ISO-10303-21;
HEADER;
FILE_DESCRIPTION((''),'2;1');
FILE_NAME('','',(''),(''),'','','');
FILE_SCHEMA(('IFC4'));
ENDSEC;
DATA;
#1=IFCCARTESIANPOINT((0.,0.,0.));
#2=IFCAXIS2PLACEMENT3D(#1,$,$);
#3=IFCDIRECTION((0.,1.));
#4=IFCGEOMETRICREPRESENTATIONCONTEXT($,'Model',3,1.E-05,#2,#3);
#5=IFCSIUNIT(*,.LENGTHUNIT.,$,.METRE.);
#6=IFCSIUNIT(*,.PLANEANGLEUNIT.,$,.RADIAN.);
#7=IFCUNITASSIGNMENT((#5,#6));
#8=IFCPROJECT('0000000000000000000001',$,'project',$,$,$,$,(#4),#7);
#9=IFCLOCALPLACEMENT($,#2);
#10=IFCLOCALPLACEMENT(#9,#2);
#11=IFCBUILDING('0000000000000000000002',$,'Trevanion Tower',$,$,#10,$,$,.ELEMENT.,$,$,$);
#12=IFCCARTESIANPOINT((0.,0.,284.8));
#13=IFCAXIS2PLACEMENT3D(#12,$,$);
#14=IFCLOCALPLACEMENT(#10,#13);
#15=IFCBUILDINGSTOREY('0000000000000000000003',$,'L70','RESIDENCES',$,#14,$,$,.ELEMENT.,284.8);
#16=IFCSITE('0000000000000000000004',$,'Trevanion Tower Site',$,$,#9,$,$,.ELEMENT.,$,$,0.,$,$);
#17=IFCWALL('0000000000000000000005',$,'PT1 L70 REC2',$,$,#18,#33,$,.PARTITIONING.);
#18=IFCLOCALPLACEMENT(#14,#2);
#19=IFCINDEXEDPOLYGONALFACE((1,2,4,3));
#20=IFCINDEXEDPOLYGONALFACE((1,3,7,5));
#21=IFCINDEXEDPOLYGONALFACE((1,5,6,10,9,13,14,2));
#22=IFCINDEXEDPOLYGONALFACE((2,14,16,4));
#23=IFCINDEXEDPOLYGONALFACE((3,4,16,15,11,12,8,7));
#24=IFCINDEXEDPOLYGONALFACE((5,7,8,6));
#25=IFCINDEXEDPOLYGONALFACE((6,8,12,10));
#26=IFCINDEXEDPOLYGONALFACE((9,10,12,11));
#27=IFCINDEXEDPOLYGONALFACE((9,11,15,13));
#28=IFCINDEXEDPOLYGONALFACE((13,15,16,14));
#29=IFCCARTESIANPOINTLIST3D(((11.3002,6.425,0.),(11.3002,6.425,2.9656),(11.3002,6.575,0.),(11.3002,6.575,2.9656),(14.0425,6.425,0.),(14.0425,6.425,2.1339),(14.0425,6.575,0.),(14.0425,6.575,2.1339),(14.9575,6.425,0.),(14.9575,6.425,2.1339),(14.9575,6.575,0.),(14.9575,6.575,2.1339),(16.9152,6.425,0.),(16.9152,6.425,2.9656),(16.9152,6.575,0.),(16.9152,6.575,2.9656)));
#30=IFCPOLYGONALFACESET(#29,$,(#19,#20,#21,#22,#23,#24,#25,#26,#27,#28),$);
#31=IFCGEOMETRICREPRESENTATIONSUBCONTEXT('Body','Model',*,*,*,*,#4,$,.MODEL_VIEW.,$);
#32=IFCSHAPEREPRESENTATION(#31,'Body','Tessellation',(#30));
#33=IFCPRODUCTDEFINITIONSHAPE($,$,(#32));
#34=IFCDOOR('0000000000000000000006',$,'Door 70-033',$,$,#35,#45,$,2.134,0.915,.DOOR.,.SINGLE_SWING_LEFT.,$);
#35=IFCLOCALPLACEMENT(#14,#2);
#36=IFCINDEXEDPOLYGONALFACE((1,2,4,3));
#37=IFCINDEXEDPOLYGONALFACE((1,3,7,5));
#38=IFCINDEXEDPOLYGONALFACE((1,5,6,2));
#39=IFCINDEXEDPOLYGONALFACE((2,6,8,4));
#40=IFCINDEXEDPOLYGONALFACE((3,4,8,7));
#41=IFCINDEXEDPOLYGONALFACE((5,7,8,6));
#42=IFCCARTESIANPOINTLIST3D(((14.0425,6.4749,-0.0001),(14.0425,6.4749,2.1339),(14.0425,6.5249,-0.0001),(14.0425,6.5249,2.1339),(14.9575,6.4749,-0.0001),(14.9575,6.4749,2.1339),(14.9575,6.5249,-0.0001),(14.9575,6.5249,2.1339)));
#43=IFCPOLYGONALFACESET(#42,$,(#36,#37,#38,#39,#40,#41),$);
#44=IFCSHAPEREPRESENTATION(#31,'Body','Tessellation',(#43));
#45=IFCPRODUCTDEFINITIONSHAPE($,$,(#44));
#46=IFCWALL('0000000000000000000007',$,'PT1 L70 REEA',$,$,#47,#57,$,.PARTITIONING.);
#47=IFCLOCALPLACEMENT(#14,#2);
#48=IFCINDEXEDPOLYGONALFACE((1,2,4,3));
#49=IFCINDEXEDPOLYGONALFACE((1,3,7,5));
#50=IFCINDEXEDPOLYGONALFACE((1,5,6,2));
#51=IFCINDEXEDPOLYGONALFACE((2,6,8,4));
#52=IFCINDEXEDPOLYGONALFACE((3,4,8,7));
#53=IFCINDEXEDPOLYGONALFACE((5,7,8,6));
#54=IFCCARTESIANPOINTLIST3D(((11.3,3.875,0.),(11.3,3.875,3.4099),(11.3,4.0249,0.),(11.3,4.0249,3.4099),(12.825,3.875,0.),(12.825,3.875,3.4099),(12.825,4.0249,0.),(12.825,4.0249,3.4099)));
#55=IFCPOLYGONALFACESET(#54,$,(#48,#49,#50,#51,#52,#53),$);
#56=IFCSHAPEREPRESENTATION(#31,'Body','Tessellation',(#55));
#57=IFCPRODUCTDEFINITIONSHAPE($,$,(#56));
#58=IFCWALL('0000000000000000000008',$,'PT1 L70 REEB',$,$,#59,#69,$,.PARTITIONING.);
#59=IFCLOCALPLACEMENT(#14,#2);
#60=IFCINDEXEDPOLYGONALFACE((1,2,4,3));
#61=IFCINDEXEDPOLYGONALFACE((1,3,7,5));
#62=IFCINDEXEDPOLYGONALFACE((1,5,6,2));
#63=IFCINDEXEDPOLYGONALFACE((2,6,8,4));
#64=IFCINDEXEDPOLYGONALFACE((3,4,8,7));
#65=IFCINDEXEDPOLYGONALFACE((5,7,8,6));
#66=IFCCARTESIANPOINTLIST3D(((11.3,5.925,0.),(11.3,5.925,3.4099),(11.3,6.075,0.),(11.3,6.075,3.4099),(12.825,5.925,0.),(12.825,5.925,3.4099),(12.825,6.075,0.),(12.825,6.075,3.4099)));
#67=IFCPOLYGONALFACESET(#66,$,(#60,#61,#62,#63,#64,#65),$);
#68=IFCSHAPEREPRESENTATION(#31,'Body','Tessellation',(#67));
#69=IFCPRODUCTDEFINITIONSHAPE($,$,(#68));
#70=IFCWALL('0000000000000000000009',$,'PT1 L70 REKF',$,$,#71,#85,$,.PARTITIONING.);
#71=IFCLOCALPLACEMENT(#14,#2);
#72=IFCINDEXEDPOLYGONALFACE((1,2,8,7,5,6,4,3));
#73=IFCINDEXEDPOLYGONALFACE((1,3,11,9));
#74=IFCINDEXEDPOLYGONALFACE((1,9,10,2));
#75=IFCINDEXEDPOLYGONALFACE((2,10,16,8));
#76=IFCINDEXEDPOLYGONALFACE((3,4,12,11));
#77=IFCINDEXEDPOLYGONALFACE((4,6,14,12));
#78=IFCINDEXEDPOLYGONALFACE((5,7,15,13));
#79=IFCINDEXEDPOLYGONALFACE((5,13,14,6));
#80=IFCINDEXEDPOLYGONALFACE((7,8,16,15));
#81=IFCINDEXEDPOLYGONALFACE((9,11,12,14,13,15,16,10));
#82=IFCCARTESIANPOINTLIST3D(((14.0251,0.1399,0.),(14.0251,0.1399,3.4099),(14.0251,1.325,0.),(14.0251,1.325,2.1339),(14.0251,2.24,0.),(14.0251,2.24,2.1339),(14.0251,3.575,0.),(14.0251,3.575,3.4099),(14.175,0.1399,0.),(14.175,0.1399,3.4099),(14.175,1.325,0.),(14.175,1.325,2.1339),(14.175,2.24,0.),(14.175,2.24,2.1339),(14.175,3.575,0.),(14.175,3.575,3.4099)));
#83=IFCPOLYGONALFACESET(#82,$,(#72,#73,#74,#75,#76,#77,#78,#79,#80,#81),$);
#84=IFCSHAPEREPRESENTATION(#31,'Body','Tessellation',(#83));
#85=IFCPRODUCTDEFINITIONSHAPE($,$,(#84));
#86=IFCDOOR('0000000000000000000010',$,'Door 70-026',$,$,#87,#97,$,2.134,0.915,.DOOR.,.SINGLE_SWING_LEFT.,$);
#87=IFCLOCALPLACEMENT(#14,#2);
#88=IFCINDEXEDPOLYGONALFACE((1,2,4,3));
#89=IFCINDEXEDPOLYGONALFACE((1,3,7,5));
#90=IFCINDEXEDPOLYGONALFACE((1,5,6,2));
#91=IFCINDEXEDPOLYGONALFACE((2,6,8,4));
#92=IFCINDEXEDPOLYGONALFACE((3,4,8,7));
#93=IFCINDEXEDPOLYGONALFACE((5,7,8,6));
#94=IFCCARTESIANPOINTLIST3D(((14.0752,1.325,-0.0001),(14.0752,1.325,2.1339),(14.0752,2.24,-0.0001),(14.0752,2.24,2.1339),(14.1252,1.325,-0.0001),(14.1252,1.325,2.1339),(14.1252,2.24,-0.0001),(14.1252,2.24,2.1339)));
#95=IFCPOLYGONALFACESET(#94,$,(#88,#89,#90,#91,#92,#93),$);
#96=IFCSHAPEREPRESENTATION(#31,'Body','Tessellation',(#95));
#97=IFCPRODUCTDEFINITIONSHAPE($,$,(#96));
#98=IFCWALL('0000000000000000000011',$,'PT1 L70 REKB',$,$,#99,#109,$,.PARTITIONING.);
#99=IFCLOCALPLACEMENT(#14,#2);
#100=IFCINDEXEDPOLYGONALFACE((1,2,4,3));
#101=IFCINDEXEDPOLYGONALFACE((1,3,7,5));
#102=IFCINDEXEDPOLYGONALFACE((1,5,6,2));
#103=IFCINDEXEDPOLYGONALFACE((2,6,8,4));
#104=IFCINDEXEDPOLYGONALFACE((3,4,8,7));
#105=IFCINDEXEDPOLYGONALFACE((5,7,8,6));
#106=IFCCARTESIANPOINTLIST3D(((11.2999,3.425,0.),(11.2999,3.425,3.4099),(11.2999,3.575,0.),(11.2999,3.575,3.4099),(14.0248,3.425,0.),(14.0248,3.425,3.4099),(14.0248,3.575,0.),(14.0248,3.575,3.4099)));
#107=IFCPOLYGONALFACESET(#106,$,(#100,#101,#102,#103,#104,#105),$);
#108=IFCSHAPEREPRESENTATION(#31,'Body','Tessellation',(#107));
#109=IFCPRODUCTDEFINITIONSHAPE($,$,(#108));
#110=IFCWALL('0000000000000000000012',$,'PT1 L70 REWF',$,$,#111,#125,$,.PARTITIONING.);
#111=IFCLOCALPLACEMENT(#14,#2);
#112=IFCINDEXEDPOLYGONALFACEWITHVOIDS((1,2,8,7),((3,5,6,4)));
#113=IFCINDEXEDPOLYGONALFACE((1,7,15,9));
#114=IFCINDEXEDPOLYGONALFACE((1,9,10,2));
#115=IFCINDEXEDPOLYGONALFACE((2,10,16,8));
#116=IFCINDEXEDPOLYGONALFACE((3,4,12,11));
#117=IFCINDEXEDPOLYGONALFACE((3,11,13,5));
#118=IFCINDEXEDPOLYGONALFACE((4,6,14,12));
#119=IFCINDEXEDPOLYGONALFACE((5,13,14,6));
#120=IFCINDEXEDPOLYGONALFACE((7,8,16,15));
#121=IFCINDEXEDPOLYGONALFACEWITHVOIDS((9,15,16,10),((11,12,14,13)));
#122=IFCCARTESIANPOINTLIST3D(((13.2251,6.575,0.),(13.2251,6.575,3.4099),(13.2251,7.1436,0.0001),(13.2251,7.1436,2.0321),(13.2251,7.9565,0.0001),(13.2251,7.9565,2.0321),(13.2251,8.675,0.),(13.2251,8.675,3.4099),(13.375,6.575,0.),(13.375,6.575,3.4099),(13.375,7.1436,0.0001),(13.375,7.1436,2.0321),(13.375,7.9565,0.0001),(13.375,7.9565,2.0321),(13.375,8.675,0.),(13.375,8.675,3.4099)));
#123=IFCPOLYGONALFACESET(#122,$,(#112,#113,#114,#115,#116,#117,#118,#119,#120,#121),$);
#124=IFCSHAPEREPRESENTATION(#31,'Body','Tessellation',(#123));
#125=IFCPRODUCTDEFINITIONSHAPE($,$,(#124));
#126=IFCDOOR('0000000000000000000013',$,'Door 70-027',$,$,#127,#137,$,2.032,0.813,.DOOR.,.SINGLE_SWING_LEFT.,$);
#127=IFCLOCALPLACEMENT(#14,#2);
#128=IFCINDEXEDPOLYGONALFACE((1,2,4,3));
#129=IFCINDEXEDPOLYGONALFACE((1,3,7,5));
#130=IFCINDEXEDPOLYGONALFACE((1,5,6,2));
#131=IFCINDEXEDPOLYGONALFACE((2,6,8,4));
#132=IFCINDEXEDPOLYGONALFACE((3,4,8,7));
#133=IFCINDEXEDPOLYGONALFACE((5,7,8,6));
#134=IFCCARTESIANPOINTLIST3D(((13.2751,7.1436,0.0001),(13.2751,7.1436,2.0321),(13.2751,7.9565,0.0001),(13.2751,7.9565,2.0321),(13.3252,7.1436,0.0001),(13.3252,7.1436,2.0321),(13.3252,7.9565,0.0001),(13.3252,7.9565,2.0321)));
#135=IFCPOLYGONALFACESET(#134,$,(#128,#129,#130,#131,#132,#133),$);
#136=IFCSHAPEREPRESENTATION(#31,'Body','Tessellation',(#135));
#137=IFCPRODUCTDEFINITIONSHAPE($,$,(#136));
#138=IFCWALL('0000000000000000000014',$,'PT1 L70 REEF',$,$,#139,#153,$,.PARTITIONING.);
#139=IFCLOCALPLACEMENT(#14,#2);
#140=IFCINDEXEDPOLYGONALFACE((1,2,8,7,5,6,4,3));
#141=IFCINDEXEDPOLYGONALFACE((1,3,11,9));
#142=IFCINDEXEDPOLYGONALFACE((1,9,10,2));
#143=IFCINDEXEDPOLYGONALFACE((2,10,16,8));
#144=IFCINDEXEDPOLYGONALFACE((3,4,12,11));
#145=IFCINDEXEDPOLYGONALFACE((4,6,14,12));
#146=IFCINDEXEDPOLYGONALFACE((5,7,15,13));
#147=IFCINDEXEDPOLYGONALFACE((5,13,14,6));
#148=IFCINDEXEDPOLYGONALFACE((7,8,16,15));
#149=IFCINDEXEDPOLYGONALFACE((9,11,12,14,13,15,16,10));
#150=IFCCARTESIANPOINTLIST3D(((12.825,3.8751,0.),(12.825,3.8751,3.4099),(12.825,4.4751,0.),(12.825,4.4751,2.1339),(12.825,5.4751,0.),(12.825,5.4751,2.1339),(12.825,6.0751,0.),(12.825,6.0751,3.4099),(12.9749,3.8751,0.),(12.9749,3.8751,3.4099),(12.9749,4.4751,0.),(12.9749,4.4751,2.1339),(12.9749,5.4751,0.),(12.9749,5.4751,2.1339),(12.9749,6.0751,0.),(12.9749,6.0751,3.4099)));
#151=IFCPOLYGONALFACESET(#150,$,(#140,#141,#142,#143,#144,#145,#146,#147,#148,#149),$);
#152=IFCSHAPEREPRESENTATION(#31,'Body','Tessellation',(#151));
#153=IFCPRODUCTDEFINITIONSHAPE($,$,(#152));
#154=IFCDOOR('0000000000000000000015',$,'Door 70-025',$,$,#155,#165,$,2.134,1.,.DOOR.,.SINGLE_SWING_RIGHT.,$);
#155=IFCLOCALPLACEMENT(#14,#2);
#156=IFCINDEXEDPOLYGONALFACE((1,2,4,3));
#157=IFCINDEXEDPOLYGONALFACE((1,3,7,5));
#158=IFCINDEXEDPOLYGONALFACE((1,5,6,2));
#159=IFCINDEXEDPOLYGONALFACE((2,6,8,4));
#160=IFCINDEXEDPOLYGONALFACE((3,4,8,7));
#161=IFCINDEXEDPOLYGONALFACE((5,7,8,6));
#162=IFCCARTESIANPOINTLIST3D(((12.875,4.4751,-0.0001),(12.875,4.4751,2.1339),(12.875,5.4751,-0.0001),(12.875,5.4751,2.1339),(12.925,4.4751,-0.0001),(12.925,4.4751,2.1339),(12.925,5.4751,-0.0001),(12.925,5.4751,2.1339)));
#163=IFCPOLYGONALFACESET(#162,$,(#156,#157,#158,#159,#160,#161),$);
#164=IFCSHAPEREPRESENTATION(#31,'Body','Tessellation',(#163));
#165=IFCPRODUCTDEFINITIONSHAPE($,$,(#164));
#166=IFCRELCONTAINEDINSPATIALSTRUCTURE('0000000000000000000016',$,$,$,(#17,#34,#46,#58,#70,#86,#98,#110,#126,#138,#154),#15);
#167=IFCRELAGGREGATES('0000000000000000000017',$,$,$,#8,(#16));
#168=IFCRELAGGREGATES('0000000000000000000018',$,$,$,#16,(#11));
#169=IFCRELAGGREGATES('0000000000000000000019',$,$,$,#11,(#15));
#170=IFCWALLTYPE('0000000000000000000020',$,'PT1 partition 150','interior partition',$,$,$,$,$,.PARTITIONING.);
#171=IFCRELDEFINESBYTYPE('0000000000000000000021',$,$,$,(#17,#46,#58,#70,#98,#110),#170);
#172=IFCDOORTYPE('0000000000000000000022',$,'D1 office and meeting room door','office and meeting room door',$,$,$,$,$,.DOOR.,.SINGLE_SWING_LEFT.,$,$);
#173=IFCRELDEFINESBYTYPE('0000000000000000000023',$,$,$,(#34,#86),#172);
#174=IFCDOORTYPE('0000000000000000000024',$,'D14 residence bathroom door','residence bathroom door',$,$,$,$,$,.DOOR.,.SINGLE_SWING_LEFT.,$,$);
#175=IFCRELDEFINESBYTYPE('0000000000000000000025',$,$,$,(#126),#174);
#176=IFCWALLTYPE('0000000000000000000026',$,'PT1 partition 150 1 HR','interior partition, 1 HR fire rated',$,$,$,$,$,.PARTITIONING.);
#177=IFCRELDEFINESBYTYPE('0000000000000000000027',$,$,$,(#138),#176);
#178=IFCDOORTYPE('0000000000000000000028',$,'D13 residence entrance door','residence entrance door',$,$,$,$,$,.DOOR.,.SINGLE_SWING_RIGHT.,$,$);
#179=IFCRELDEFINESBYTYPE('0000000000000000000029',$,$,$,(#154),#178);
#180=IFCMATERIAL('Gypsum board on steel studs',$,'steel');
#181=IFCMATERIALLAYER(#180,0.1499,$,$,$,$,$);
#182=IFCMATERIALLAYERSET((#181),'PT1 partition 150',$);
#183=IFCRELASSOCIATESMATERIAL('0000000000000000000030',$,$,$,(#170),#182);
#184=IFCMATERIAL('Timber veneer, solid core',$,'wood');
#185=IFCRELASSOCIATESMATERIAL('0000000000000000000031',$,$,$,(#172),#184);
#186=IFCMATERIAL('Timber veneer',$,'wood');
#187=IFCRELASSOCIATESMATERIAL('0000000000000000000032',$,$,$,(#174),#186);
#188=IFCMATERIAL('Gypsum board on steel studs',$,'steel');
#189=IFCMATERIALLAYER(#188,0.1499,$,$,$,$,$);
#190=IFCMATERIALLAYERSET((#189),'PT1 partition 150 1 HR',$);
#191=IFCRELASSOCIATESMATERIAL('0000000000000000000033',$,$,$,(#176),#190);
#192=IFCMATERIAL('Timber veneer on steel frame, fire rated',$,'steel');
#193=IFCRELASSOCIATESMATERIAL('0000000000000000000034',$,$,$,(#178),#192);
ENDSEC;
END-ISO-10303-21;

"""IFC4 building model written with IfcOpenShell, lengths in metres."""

from ifc_helpers import new_model, si_unit, direction, frame, frame_2d, origin, place, context, subcontext, project, spatial, rectangle, extrude, material, layer, layer_set, type_object, element, fill, save


model = new_model("IFC4")

# Units and contexts
model_context = context("Model", 3, precision=1e-05, world=origin(), true_north=direction((0.0, 1.0)))
body_context = subcontext(model_context, "Body", "Model", "MODEL_VIEW")
ifc_project = project(units=[si_unit("LENGTHUNIT", "METRE"), si_unit("PLANEANGLEUNIT", "RADIAN")], contexts=[model_context])

# Site, building, storey
site_placement = place(None, origin())
site = spatial("IfcSite", under=ifc_project, at=site_placement, Name="Trevanion Tower Site", CompositionType="ELEMENT", RefElevation=0.0)
building_placement = place(site_placement, origin())
building = spatial("IfcBuilding", under=site, at=building_placement, Name="Trevanion Tower", CompositionType="ELEMENT")
storey_placement = place(building_placement, frame((0.0, 0.0, 284.8)))
storey = spatial("IfcBuildingStorey", under=building, at=storey_placement, Name="L70", Description="RESIDENCES", CompositionType="ELEMENT", Elevation=284.8)

# Shared definitions
ifc_material_1 = material(Name="Gypsum board on steel studs", Category="steel")
ifc_layer_1 = layer(ifc_material_1, 0.1499)
ifc_layer_set_1 = layer_set([ifc_layer_1], Name="PT1 partition 150")
wall_type_1 = type_object("IfcWallType", Name="PT1 partition 150", Description="interior partition", PredefinedType="PARTITIONING", material=ifc_layer_set_1)
ifc_material_2 = material(Name="Timber veneer, solid core", Category="wood")
door_type_1 = type_object("IfcDoorType", Name="D1 office and meeting room door", Description="office and meeting room door", OperationType="SINGLE_SWING_LEFT", PredefinedType="DOOR", material=ifc_material_2)

# Wall, opening, door
wall_1_placement = place(storey_placement, frame((11.3, 6.5, 0.0), z_axis=(0.0, 0.0, 1.0), x_axis=(1.0, 0.0, 0.0)))
wall_1 = element("IfcWall", 1, at=wall_1_placement, inside=storey, type_object=wall_type_1, Name="PT1 L70 REC2", PredefinedType="PARTITIONING", context=body_context, shape_type="SweptSolid", body=[
    extrude(rectangle(XDim=5.615, YDim=0.1499, at=frame_2d((2.8076, 0.0))), origin(), (0.0, 0.0, 1.0), 2.9656),
])
opening_1_placement = place(wall_1_placement, frame((2.7424, 0.0, 0.0)))
opening_1 = element("IfcOpeningElement", 2, at=opening_1_placement, cuts=wall_1, PredefinedType="OPENING", context=body_context, shape_type="SweptSolid", body=[
    extrude(rectangle(XDim=0.915, YDim=2.134, at=frame_2d((0.4575, 1.0669))), frame((0.0, 0.085, 0.0), z_axis=(0.0, -1.0, 0.0), x_axis=(1.0, 0.0, 0.0)), (0.0, 0.0, 1.0), 0.1699),
])
door_1_placement = place(opening_1_placement, origin())
door_1 = element("IfcDoor", 3, at=door_1_placement, inside=storey, type_object=door_type_1, Name="Door 70-033", OperationType="SINGLE_SWING_LEFT", OverallHeight=2.134, OverallWidth=0.915, PredefinedType="DOOR", context=body_context, shape_type="SweptSolid", body=[
    extrude(rectangle(XDim=0.915, YDim=2.134, at=frame_2d((0.4575, 1.0669))), frame((0.0, 0.0249, 0.0), z_axis=(0.0, -1.0, 0.0), x_axis=(1.0, 0.0, 0.0)), (0.0, 0.0, 1.0), 0.05),
])
fill(opening_1, door_1)

# Walls
for number, where, z_axis, x_axis, name in (
    (4, (11.3, 3.95, 0.0), (0.0, 0.0, 1.0), (1.0, 0.0, 0.0), "PT1 L70 REEA"),
    (5, (11.3, 6.0, 0.0), (0.0, 0.0, 1.0), (1.0, 0.0, 0.0), "PT1 L70 REEB"),
):
    element("IfcWall", number, at=place(storey_placement, frame(where, z_axis=z_axis, x_axis=x_axis)), inside=storey, type_object=wall_type_1, Name=name, PredefinedType="PARTITIONING", context=body_context, shape_type="SweptSolid", body=[
        extrude(rectangle(XDim=1.5249, YDim=0.1499, at=frame_2d((0.7625, 0.0))), origin(), (0.0, 0.0, 1.0), 3.4099),
    ])

# Wall, opening, door
wall_2_placement = place(storey_placement, frame((14.1001, 0.1399, 0.0), z_axis=(0.0, 0.0, 1.0), x_axis=(0.0, 1.0, 0.0)))
wall_2 = element("IfcWall", 6, at=wall_2_placement, inside=storey, type_object=wall_type_1, Name="PT1 L70 REKF", PredefinedType="PARTITIONING", context=body_context, shape_type="SweptSolid", body=[
    extrude(rectangle(XDim=3.4351, YDim=0.1499, at=frame_2d((1.7175, 0.0))), origin(), (0.0, 0.0, 1.0), 3.4099),
])
opening_2_placement = place(wall_2_placement, frame((1.1851, 0.0, 0.0)))
opening_2 = element("IfcOpeningElement", 7, at=opening_2_placement, cuts=wall_2, PredefinedType="OPENING", context=body_context, shape_type="SweptSolid", body=[
    extrude(rectangle(XDim=0.915, YDim=2.134, at=frame_2d((0.4575, 1.0669))), frame((0.0, 0.085, 0.0), z_axis=(0.0, -1.0, 0.0), x_axis=(1.0, 0.0, 0.0)), (0.0, 0.0, 1.0), 0.1699),
])
door_2_placement = place(opening_2_placement, origin())
door_2 = element("IfcDoor", 8, at=door_2_placement, inside=storey, type_object=door_type_1, Name="Door 70-026", OperationType="SINGLE_SWING_LEFT", OverallHeight=2.134, OverallWidth=0.915, PredefinedType="DOOR", context=body_context, shape_type="SweptSolid", body=[
    extrude(rectangle(XDim=0.915, YDim=2.134, at=frame_2d((0.4575, 1.0669))), frame((0.0, 0.0249, 0.0), z_axis=(0.0, -1.0, 0.0), x_axis=(1.0, 0.0, 0.0)), (0.0, 0.0, 1.0), 0.05),
])
fill(opening_2, door_2)

# Wall
wall_3_placement = place(storey_placement, frame((11.3, 3.5, 0.0), z_axis=(0.0, 0.0, 1.0), x_axis=(1.0, 0.0, 0.0)))
element("IfcWall", 9, at=wall_3_placement, inside=storey, type_object=wall_type_1, Name="PT1 L70 REKB", PredefinedType="PARTITIONING", context=body_context, shape_type="SweptSolid", body=[
    extrude(rectangle(XDim=2.7249, YDim=0.1499, at=frame_2d((1.3623, 0.0))), origin(), (0.0, 0.0, 1.0), 3.4099),
])

# Walls, openings, doors
wall_4_placement = place(storey_placement, frame((13.3, 6.575, 0.0), z_axis=(0.0, 0.0, 1.0), x_axis=(0.0, 1.0, 0.0)))
wall_4 = element("IfcWall", 10, at=wall_4_placement, inside=storey, type_object=wall_type_1, Name="PT1 L70 REWF", PredefinedType="PARTITIONING", context=body_context, shape_type="SweptSolid", body=[
    extrude(rectangle(XDim=2.1001, YDim=0.1499, at=frame_2d((1.05, 0.0))), origin(), (0.0, 0.0, 1.0), 3.4099),
])
opening_3_placement = place(wall_4_placement, frame((0.5686, 0.0, 0.0)))
opening_3 = element("IfcOpeningElement", 11, at=opening_3_placement, cuts=wall_4, PredefinedType="OPENING", context=body_context, shape_type="SweptSolid", body=[
    extrude(rectangle(XDim=0.813, YDim=2.032, at=frame_2d((0.4065, 1.0161))), frame((0.0, 0.085, 0.0), z_axis=(0.0, -1.0, 0.0), x_axis=(1.0, 0.0, 0.0)), (0.0, 0.0, 1.0), 0.1699),
])
ifc_material_3 = material(Name="Timber veneer", Category="wood")
door_type_2 = type_object("IfcDoorType", Name="D14 residence bathroom door", Description="residence bathroom door", OperationType="SINGLE_SWING_LEFT", PredefinedType="DOOR", material=ifc_material_3)
door_3_placement = place(opening_3_placement, origin())
door_3 = element("IfcDoor", 12, at=door_3_placement, inside=storey, type_object=door_type_2, Name="Door 70-027", OperationType="SINGLE_SWING_LEFT", OverallHeight=2.032, OverallWidth=0.813, PredefinedType="DOOR", context=body_context, shape_type="SweptSolid", body=[
    extrude(rectangle(XDim=0.813, YDim=2.032, at=frame_2d((0.4065, 1.0161))), frame((0.0, 0.0249, 0.0), z_axis=(0.0, -1.0, 0.0), x_axis=(1.0, 0.0, 0.0)), (0.0, 0.0, 1.0), 0.05),
])
fill(opening_3, door_3)
ifc_material_4 = material(Name="Gypsum board on steel studs", Category="steel")
ifc_layer_2 = layer(ifc_material_4, 0.1499)
ifc_layer_set_2 = layer_set([ifc_layer_2], Name="PT1 partition 150 1 HR")
wall_type_2 = type_object("IfcWallType", Name="PT1 partition 150 1 HR", Description="interior partition, 1 HR fire rated", PredefinedType="PARTITIONING", material=ifc_layer_set_2)
wall_5_placement = place(storey_placement, frame((12.8999, 3.875, 0.0), z_axis=(0.0, 0.0, 1.0), x_axis=(0.0, 1.0, 0.0)))
wall_5 = element("IfcWall", 13, at=wall_5_placement, inside=storey, type_object=wall_type_2, Name="PT1 L70 REEF", PredefinedType="PARTITIONING", context=body_context, shape_type="SweptSolid", body=[
    extrude(rectangle(XDim=2.2, YDim=0.1499, at=frame_2d((1.1001, 0.0))), origin(), (0.0, 0.0, 1.0), 3.4099),
])
opening_4_placement = place(wall_5_placement, frame((0.6001, 0.0, 0.0)))
opening_4 = element("IfcOpeningElement", 14, at=opening_4_placement, cuts=wall_5, PredefinedType="OPENING", context=body_context, shape_type="SweptSolid", body=[
    extrude(rectangle(XDim=1.0, YDim=2.134, at=frame_2d((0.5, 1.0669))), frame((0.0, 0.085, 0.0), z_axis=(0.0, -1.0, 0.0), x_axis=(1.0, 0.0, 0.0)), (0.0, 0.0, 1.0), 0.1699),
])
ifc_material_5 = material(Name="Timber veneer on steel frame, fire rated", Category="steel")
door_type_3 = type_object("IfcDoorType", Name="D13 residence entrance door", Description="residence entrance door", OperationType="SINGLE_SWING_RIGHT", PredefinedType="DOOR", material=ifc_material_5)
door_4_placement = place(opening_4_placement, origin())
door_4 = element("IfcDoor", 15, at=door_4_placement, inside=storey, type_object=door_type_3, Name="Door 70-025", OperationType="SINGLE_SWING_RIGHT", OverallHeight=2.134, OverallWidth=1.0, PredefinedType="DOOR", context=body_context, shape_type="SweptSolid", body=[
    extrude(rectangle(XDim=1.0, YDim=2.134, at=frame_2d((0.5, 1.0669))), frame((0.0, 0.0249, 0.0), z_axis=(0.0, -1.0, 0.0), x_axis=(1.0, 0.0, 0.0)), (0.0, 0.0, 1.0), 0.05),
])
fill(opening_4, door_4)

save(model, "model.ifc")
